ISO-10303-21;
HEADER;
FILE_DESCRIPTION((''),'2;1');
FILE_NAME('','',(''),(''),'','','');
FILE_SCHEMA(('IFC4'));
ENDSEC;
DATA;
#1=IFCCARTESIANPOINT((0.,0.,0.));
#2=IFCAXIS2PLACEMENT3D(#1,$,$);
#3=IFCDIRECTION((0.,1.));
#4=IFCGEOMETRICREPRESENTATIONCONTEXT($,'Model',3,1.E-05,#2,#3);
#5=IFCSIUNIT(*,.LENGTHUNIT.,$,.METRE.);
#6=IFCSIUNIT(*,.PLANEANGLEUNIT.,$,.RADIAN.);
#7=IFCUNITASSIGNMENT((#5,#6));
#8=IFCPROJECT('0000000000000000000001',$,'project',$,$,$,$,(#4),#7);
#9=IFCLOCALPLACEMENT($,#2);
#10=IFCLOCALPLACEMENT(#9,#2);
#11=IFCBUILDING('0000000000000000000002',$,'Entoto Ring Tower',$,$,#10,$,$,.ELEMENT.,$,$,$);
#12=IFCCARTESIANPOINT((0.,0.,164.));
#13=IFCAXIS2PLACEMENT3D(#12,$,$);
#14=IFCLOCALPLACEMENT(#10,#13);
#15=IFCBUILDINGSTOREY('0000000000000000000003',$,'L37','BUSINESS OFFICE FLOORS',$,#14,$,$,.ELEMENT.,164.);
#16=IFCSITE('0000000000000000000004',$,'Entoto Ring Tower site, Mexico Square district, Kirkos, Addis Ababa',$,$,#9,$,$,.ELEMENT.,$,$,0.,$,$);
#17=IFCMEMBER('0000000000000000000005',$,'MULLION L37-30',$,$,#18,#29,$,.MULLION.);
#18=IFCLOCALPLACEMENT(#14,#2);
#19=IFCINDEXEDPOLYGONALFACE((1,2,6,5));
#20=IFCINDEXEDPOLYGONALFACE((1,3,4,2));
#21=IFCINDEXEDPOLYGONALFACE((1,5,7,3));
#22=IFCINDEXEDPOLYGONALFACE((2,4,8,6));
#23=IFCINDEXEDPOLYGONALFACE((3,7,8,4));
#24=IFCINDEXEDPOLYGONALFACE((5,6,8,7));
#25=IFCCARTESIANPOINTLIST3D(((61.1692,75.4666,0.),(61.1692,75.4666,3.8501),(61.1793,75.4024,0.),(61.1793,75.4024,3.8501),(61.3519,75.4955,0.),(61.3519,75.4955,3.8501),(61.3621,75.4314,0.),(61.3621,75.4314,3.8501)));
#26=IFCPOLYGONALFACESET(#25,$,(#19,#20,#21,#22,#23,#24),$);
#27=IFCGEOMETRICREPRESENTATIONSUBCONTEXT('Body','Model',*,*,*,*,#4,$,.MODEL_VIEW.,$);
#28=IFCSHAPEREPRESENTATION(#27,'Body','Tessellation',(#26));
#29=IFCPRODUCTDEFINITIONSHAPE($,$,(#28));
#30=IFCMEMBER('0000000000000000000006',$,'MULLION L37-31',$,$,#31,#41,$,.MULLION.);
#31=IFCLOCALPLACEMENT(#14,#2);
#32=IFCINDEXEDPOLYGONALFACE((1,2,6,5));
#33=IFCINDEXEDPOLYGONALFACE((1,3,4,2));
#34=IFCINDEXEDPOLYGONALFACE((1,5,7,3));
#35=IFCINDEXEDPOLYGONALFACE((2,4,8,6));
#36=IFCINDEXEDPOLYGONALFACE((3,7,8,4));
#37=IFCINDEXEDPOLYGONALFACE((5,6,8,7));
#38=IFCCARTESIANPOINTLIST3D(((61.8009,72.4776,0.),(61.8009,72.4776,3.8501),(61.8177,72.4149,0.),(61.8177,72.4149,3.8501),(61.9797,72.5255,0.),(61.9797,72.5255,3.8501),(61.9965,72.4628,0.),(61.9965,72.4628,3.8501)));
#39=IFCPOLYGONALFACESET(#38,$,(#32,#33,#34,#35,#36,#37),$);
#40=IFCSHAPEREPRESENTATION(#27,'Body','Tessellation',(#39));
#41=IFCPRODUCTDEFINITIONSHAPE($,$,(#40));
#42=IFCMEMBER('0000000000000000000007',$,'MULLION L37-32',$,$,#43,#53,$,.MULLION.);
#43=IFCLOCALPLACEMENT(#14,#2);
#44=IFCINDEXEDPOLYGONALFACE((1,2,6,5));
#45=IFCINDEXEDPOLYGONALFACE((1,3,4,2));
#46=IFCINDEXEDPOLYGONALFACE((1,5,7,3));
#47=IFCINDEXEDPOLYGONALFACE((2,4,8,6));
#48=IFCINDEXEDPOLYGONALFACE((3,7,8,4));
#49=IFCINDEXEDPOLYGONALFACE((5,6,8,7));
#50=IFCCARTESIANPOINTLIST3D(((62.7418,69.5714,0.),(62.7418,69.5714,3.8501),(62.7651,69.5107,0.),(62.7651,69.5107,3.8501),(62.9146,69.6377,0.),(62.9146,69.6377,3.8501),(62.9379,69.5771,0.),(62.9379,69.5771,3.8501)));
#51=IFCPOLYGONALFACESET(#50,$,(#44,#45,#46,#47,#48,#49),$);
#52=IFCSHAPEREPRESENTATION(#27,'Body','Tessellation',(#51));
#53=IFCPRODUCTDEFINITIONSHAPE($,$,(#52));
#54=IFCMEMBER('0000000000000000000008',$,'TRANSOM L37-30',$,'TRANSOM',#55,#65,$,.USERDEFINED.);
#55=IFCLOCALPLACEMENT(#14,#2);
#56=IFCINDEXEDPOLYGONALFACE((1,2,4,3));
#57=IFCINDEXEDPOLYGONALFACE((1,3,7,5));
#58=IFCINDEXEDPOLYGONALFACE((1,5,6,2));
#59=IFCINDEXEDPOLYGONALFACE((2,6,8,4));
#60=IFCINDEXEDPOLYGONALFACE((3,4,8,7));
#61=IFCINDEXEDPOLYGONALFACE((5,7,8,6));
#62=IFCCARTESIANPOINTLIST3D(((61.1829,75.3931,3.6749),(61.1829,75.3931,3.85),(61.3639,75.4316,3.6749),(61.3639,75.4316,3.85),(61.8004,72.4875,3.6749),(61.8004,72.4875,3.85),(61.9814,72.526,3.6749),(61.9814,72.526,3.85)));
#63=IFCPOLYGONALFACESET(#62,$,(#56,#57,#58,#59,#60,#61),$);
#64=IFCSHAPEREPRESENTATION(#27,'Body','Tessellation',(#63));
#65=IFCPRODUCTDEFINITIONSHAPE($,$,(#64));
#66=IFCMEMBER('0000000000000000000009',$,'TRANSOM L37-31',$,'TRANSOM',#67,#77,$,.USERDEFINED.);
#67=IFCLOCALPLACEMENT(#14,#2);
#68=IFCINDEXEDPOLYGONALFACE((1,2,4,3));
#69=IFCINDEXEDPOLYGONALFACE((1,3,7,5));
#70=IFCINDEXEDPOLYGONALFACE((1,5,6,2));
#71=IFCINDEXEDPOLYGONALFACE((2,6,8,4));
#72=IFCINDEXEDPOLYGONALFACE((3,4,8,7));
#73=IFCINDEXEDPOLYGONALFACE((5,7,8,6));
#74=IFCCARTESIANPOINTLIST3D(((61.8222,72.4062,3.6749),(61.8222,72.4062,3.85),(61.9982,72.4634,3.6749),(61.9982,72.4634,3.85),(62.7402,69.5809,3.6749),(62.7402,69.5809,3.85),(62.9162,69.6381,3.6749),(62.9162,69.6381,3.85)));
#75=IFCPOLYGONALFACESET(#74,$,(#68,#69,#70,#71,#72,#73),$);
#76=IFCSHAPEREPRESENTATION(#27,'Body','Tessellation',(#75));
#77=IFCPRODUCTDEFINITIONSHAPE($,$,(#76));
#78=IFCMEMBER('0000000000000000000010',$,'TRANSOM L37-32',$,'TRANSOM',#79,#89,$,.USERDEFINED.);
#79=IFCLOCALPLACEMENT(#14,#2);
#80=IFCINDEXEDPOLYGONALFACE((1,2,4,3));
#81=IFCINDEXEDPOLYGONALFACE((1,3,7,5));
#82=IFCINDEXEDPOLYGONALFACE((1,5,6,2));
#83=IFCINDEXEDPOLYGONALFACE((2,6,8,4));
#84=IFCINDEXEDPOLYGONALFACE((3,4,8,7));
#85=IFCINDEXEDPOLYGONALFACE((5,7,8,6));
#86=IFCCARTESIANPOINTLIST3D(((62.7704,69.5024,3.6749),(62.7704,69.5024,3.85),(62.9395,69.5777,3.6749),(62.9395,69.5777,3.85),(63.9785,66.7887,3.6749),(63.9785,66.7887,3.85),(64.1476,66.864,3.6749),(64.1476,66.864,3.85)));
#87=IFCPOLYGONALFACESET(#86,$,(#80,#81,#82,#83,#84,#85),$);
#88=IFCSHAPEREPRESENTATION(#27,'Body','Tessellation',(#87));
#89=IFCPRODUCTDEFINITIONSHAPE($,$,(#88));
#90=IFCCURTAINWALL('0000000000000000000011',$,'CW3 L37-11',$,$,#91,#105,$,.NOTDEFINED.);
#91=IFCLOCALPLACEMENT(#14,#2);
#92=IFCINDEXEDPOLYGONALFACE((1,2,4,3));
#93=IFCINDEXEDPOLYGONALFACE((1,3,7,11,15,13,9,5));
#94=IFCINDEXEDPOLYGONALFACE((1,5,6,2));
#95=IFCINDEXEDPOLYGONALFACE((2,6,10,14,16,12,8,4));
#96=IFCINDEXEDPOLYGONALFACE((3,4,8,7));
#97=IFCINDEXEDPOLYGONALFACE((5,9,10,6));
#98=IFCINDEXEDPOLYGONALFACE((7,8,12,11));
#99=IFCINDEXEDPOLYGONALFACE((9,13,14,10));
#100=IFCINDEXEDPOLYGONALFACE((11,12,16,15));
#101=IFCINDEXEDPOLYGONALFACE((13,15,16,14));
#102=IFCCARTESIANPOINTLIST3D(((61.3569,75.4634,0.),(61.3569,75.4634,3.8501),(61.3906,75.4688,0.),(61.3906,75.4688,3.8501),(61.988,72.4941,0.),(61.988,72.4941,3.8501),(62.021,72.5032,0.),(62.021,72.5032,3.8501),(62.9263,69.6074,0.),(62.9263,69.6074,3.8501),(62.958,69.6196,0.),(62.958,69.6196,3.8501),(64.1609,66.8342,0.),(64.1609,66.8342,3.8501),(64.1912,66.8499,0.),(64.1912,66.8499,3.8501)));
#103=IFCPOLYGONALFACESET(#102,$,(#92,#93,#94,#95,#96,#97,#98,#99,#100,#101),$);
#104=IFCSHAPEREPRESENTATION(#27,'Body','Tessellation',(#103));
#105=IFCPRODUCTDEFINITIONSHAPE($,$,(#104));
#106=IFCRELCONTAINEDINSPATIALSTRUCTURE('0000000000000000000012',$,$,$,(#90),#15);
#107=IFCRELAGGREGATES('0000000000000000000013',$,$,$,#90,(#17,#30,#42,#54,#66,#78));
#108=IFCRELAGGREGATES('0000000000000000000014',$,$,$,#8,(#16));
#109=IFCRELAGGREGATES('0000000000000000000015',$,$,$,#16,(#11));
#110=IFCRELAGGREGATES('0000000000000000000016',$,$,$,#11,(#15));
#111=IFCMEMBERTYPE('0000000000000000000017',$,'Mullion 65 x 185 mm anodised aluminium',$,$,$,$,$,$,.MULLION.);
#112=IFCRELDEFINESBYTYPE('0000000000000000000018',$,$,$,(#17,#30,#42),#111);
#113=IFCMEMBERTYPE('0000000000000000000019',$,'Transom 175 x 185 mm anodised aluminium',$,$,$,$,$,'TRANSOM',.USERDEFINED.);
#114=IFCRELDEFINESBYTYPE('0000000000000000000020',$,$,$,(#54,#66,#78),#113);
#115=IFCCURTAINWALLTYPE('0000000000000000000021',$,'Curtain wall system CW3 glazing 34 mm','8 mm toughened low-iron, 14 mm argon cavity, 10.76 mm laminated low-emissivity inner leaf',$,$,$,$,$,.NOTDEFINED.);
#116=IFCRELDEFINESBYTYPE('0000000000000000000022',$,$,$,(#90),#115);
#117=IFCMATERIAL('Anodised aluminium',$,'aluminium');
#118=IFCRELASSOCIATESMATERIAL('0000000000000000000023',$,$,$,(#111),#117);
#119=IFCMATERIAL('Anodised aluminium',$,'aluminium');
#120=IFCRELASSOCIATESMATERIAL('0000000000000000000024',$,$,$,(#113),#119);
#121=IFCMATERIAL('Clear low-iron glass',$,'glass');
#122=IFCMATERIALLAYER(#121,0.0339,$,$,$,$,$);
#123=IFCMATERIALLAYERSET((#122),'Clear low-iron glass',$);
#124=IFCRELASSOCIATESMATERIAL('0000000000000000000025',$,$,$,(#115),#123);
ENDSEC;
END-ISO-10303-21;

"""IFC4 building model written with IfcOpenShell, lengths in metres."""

from ifc_helpers import new_model, si_unit, direction, frame, origin, origin_2d, place, context, subcontext, project, spatial, polyline, rectangle, outline, extrude, material, layer, layer_set, material_profile, profile_set, type_object, element, aggregate, save


model = new_model("IFC4")

# Units and contexts
model_context = context("Model", 3, precision=1e-05, world=origin(), true_north=direction((0.0, 1.0)))
body_context = subcontext(model_context, "Body", "Model", "MODEL_VIEW")
ifc_project = project(units=[si_unit("LENGTHUNIT", "METRE"), si_unit("PLANEANGLEUNIT", "RADIAN")], contexts=[model_context])

# Members
ifc_material_1 = material(Name="Anodised aluminium", Category="aluminium")
ifc_material_profile_1 = material_profile(ifc_material_1, rectangle(XDim=0.0649, YDim=0.1851, at=origin_2d()), Name="Mullion 65 x 185 mm anodised aluminium")
ifc_profile_set_1 = profile_set([ifc_material_profile_1], Name="Anodised aluminium")
member_type_1 = type_object("IfcMemberType", Name="Mullion 65 x 185 mm anodised aluminium", PredefinedType="MULLION", material=ifc_profile_set_1)
site_placement = place(None, origin())
building_placement = place(site_placement, origin())
storey_placement = place(building_placement, frame((0.0, 0.0, 164.0)))
member_1_placement = place(storey_placement, frame((61.2656, 75.449, 0.0), z_axis=(0.0, 0.0, 1.0), x_axis=(0.156434, -0.987688, 0.0)))
member_1 = element("IfcMember", 1, at=member_1_placement, type_object=member_type_1, Name="MULLION L37-30", PredefinedType="MULLION", context=body_context, shape_type="SweptSolid", body=[
    extrude(rectangle(XDim=0.0649, YDim=0.1851, at=origin_2d()), origin(), (0.0, 0.0, 1.0), 3.8501),
])
member_2_placement = place(storey_placement, frame((61.8987, 72.4702, 0.0), z_axis=(0.0, 0.0, 1.0), x_axis=(0.258819, -0.965926, 0.0)))
member_2 = element("IfcMember", 2, at=member_2_placement, type_object=member_type_1, Name="MULLION L37-31", PredefinedType="MULLION", context=body_context, shape_type="SweptSolid", body=[
    extrude(rectangle(XDim=0.0649, YDim=0.1851, at=origin_2d()), origin(), (0.0, 0.0, 1.0), 3.8501),
])
member_3_placement = place(storey_placement, frame((62.8398, 69.5742, 0.0), z_axis=(0.0, 0.0, 1.0), x_axis=(0.358368, -0.93358, 0.0)))
member_3 = element("IfcMember", 3, at=member_3_placement, type_object=member_type_1, Name="MULLION L37-32", PredefinedType="MULLION", context=body_context, shape_type="SweptSolid", body=[
    extrude(rectangle(XDim=0.0649, YDim=0.1851, at=origin_2d()), origin(), (0.0, 0.0, 1.0), 3.8501),
])
ifc_material_2 = material(Name="Anodised aluminium", Category="aluminium")
ifc_material_profile_2 = material_profile(ifc_material_2, rectangle(XDim=0.1851, YDim=0.175, at=origin_2d()), Name="Transom 175 x 185 mm anodised aluminium")
ifc_profile_set_2 = profile_set([ifc_material_profile_2], Name="Anodised aluminium")
member_type_2 = type_object("IfcMemberType", Name="Transom 175 x 185 mm anodised aluminium", ElementType="TRANSOM", PredefinedType="USERDEFINED", material=ifc_profile_set_2)
member_4_placement = place(storey_placement, frame((61.2734, 75.4124, 3.7625), z_axis=(0.207862, -0.978158, 0.0), x_axis=(0.978158, 0.207862, 0.0)))
member_4 = element("IfcMember", 4, at=member_4_placement, type_object=member_type_2, Name="TRANSOM L37-30", ObjectType="TRANSOM", PredefinedType="USERDEFINED", context=body_context, shape_type="SweptSolid", body=[
    extrude(rectangle(XDim=0.1851, YDim=0.175, at=origin_2d()), origin(), (0.0, 0.0, 1.0), 2.9705),
])
member_5_placement = place(storey_placement, frame((61.9102, 72.4348, 3.7625), z_axis=(0.309019, -0.951056, 0.0), x_axis=(0.951056, 0.309019, 0.0)))
member_5 = element("IfcMember", 5, at=member_5_placement, type_object=member_type_2, Name="TRANSOM L37-31", ObjectType="TRANSOM", PredefinedType="USERDEFINED", context=body_context, shape_type="SweptSolid", body=[
    extrude(rectangle(XDim=0.1851, YDim=0.175, at=origin_2d()), origin(), (0.0, 0.0, 1.0), 2.9707),
])
member_6_placement = place(storey_placement, frame((62.855, 69.54, 3.7625), z_axis=(0.406687, -0.913567, 0.0), x_axis=(0.913567, 0.406687, 0.0)))
member_6 = element("IfcMember", 6, at=member_6_placement, type_object=member_type_2, Name="TRANSOM L37-32", ObjectType="TRANSOM", PredefinedType="USERDEFINED", context=body_context, shape_type="SweptSolid", body=[
    extrude(rectangle(XDim=0.1851, YDim=0.175, at=origin_2d()), origin(), (0.0, 0.0, 1.0), 2.9705),
])

# Site, building, storey
site = spatial("IfcSite", under=ifc_project, at=site_placement, Name="Entoto Ring Tower site, Mexico Square district, Kirkos, Addis Ababa", CompositionType="ELEMENT", RefElevation=0.0)
building = spatial("IfcBuilding", under=site, at=building_placement, Name="Entoto Ring Tower", CompositionType="ELEMENT")
storey = spatial("IfcBuildingStorey", under=building, at=storey_placement, Name="L37", Description="BUSINESS OFFICE FLOORS", CompositionType="ELEMENT", Elevation=164.0)

# Curtain wall
ifc_material_3 = material(Name="Clear low-iron glass", Category="glass")
ifc_layer = layer(ifc_material_3, 0.0339)
ifc_layer_set = layer_set([ifc_layer], Name="Clear low-iron glass")
curtain_wall_type = type_object("IfcCurtainWallType", Name="Curtain wall system CW3 glazing 34 mm", Description="8 mm toughened low-iron, 14 mm argon cavity, 10.76 mm laminated low-emissivity inner leaf", PredefinedType="NOTDEFINED", material=ifc_layer_set)
curtain_wall_1_placement = place(storey_placement, origin())
curtain_wall_1 = element("IfcCurtainWall", 7, at=curtain_wall_1_placement, inside=storey, type_object=curtain_wall_type, Name="CW3 L37-11", PredefinedType="NOTDEFINED", context=body_context, shape_type="SweptSolid", body=[
    extrude(outline(polyline([(61.3569, 75.4634), (61.988, 72.4941), (62.9263, 69.6074), (64.1609, 66.8342), (64.1912, 66.8499), (62.958, 69.6196), (62.021, 72.5032), (61.3906, 75.4688), (61.3569, 75.4634)])), origin(), (0.0, 0.0, 1.0), 3.8501),
])
aggregate(curtain_wall_1, [member_1, member_2, member_3, member_4, member_5, member_6])

save(model, "model.ifc")
